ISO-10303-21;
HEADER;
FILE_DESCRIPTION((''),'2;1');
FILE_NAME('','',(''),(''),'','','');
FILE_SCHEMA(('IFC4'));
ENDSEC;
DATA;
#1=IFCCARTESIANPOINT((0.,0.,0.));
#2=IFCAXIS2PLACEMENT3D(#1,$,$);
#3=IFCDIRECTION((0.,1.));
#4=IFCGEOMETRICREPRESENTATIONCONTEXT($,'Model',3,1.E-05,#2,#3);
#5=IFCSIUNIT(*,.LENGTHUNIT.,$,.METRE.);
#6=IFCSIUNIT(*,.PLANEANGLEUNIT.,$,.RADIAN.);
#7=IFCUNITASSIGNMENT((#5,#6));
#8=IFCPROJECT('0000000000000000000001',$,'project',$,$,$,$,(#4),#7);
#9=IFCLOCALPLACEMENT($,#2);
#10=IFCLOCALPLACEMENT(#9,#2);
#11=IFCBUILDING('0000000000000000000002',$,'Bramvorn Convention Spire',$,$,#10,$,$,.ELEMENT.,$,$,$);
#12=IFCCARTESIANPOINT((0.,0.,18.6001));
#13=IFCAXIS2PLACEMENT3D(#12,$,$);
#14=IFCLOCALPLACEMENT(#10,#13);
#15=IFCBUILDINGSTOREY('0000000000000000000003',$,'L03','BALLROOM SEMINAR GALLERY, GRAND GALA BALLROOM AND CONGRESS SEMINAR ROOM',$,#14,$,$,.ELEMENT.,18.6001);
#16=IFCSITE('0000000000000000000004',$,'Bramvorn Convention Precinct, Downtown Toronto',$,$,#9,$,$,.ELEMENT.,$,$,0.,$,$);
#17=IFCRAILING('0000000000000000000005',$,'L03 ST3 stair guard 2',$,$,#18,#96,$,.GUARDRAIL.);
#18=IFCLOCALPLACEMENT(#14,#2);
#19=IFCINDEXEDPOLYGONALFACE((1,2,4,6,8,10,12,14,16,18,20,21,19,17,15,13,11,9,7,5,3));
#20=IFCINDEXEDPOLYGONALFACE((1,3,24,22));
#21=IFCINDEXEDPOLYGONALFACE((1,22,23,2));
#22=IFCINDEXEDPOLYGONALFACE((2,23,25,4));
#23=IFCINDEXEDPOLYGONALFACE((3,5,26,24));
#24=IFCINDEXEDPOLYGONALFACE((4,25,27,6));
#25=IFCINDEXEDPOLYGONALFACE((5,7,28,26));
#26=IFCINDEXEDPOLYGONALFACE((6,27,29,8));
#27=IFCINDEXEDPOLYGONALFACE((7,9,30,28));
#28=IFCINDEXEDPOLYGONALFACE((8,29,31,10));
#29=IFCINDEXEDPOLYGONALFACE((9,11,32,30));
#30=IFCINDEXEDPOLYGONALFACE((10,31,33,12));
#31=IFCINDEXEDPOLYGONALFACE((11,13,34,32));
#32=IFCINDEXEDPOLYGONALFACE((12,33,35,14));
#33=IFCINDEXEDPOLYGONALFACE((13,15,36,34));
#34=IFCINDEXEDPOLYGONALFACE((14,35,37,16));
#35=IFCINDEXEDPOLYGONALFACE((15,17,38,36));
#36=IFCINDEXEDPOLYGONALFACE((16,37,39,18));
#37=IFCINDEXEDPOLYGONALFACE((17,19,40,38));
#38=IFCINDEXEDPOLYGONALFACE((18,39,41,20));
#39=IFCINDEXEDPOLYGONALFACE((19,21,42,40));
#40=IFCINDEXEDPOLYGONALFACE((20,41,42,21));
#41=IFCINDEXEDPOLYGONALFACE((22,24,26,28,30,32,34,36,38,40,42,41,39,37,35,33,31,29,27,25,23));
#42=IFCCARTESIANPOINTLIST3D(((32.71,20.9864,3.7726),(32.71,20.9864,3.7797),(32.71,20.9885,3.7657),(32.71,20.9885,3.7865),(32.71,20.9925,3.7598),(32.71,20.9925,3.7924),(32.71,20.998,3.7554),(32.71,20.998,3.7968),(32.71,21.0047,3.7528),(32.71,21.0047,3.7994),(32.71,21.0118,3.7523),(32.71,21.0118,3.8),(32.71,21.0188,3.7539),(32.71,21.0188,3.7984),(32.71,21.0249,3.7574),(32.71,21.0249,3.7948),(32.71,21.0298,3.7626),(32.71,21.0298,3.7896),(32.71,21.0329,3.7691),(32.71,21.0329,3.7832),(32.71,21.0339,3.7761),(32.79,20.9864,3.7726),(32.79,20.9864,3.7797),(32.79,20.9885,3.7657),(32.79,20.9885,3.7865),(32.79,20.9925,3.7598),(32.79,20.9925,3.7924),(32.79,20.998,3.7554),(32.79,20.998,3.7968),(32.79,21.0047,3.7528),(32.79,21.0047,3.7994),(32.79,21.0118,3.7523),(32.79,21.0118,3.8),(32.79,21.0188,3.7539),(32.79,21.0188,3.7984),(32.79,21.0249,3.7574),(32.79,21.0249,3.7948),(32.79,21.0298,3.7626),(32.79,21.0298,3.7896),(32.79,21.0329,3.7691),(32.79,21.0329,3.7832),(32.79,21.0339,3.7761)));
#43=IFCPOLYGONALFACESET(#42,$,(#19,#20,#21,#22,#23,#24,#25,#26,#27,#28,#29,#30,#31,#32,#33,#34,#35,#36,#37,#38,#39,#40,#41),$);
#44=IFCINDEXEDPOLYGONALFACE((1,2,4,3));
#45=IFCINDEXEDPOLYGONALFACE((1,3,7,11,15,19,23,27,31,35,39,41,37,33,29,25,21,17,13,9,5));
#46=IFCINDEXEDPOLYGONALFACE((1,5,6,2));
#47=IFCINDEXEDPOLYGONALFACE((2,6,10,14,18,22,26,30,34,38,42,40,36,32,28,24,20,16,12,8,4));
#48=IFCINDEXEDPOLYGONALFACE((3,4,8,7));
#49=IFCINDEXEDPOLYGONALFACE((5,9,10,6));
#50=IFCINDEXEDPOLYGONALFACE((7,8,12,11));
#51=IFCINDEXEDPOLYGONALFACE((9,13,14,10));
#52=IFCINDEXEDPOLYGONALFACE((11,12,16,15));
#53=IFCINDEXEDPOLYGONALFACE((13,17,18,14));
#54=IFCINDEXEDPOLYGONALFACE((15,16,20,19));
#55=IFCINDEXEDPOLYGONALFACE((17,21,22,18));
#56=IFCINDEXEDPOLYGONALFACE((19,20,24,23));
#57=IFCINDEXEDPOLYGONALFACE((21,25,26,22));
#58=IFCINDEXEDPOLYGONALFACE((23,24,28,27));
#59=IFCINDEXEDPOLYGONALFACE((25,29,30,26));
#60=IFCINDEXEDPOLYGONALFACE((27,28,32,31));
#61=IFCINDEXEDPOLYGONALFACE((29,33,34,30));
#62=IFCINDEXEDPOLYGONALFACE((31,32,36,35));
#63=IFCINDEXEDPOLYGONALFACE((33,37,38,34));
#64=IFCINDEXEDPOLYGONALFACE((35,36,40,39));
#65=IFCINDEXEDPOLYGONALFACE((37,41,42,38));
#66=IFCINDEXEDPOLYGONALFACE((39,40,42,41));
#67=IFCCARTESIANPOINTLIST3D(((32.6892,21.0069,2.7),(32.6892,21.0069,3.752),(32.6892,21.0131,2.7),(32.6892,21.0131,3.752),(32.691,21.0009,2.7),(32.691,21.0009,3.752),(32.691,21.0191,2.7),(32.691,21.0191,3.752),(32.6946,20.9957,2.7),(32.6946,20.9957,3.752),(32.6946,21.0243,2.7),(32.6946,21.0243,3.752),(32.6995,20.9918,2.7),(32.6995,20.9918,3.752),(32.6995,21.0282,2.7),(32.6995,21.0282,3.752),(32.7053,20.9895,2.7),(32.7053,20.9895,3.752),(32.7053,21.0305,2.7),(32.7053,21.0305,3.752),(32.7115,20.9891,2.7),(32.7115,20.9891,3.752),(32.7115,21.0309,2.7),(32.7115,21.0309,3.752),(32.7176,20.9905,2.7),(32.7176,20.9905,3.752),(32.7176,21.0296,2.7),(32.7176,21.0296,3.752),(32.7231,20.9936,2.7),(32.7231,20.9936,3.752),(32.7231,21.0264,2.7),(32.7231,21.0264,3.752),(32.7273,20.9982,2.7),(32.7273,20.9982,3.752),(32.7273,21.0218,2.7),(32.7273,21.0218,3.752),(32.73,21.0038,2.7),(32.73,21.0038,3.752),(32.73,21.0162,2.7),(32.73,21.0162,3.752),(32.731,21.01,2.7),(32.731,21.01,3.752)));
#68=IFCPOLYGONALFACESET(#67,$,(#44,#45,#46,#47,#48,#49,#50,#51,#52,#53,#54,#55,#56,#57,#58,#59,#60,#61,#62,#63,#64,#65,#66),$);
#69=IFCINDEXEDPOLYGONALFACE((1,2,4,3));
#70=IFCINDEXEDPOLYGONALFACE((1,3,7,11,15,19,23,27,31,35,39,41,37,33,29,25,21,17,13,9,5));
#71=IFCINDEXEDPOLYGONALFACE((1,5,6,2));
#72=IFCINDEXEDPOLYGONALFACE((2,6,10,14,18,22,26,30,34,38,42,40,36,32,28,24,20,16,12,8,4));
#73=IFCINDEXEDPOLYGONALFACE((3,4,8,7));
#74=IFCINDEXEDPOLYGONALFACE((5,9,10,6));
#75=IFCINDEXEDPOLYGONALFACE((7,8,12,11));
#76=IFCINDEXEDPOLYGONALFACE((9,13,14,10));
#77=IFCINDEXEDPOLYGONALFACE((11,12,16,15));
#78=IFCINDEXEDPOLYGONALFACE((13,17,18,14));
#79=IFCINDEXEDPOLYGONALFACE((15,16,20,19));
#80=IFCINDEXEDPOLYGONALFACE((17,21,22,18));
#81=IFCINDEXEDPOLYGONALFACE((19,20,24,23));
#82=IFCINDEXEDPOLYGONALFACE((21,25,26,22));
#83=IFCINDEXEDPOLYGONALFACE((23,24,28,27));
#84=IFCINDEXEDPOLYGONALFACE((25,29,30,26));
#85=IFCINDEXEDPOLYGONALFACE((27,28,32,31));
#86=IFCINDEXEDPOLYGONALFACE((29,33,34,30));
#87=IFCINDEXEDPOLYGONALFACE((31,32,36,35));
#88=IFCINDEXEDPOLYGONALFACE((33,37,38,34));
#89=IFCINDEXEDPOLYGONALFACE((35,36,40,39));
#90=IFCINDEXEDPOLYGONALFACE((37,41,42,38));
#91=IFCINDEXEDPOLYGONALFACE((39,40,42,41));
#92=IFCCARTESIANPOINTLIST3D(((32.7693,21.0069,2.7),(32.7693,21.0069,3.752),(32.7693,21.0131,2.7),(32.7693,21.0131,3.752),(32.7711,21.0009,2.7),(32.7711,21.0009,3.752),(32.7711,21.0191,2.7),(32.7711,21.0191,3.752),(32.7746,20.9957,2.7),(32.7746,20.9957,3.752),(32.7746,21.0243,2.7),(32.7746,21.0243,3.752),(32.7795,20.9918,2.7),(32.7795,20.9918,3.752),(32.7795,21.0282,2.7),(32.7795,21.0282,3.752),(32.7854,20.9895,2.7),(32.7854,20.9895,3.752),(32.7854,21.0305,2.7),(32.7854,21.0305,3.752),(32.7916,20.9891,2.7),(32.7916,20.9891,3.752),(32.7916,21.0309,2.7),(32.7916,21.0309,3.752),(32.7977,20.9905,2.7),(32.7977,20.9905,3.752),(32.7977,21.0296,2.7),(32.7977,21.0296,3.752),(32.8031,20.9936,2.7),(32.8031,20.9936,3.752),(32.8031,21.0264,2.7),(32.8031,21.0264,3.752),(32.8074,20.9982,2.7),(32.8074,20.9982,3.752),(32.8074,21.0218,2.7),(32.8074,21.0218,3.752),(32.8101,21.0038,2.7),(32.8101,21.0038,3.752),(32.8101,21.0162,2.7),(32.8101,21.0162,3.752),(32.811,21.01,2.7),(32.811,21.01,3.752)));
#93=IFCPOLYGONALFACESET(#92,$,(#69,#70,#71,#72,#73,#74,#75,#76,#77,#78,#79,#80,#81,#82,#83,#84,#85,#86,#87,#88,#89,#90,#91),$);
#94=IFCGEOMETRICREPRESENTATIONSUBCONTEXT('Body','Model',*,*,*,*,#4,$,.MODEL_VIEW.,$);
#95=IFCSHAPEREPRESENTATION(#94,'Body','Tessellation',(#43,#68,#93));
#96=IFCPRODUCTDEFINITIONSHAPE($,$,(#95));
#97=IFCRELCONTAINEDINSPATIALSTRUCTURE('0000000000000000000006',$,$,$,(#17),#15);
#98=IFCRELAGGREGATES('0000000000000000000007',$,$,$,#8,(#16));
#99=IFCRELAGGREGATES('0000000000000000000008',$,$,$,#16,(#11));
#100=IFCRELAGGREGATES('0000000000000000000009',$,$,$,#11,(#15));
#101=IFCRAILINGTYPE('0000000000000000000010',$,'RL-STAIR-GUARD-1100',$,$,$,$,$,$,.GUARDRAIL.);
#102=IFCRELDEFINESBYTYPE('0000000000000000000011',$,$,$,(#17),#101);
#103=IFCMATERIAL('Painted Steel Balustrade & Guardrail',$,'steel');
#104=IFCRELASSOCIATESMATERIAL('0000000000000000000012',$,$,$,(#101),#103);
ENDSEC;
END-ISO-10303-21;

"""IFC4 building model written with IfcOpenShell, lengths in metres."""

from ifc_helpers import new_model, si_unit, direction, frame, origin, origin_2d, place, context, subcontext, project, spatial, circle, extrude, material, type_object, element, save


model = new_model("IFC4")

# Units and contexts
model_context = context("Model", 3, precision=1e-05, world=origin(), true_north=direction((0.0, 1.0)))
body_context = subcontext(model_context, "Body", "Model", "MODEL_VIEW")
ifc_project = project(units=[si_unit("LENGTHUNIT", "METRE"), si_unit("PLANEANGLEUNIT", "RADIAN")], contexts=[model_context])

# Site, building, storey
site_placement = place(None, origin())
site = spatial("IfcSite", under=ifc_project, at=site_placement, Name="Bramvorn Convention Precinct, Downtown Toronto", CompositionType="ELEMENT", RefElevation=0.0)
building_placement = place(site_placement, origin())
building = spatial("IfcBuilding", under=site, at=building_placement, Name="Bramvorn Convention Spire", CompositionType="ELEMENT")
storey_placement = place(building_placement, frame((0.0, 0.0, 18.6001)))
storey = spatial("IfcBuildingStorey", under=building, at=storey_placement, Name="L03", Description="BALLROOM SEMINAR GALLERY, GRAND GALA BALLROOM AND CONGRESS SEMINAR ROOM", CompositionType="ELEMENT", Elevation=18.6001)

# Railing
ifc_material_1 = material(Name="Painted Steel Balustrade & Guardrail", Category="steel")
railing_type_1 = type_object("IfcRailingType", Name="RL-STAIR-GUARD-1100", PredefinedType="GUARDRAIL", material=ifc_material_1)
railing_1_placement = place(storey_placement, frame((32.71, 21.01, 2.7)))
element("IfcRailing", 1, at=railing_1_placement, inside=storey, type_object=railing_type_1, Name="L03 ST3 stair guard 2", PredefinedType="GUARDRAIL", context=body_context, shape_type="SweptSolid", body=[
    extrude(circle(Radius=0.0239, at=origin_2d()), frame((0.0, 0.0, 1.0762), z_axis=(1.0, 0.0, 0.0), x_axis=(0.0, 1.0, 0.0)), (0.0, 0.0, 1.0), 0.0801),
    extrude(circle(Radius=0.021, at=origin_2d()), origin(), (0.0, 0.0, 1.0), 1.052),
    extrude(circle(Radius=0.021, at=origin_2d()), frame((0.0801, 0.0, 0.0)), (0.0, 0.0, 1.0), 1.052),
])

save(model, "model.ifc")
